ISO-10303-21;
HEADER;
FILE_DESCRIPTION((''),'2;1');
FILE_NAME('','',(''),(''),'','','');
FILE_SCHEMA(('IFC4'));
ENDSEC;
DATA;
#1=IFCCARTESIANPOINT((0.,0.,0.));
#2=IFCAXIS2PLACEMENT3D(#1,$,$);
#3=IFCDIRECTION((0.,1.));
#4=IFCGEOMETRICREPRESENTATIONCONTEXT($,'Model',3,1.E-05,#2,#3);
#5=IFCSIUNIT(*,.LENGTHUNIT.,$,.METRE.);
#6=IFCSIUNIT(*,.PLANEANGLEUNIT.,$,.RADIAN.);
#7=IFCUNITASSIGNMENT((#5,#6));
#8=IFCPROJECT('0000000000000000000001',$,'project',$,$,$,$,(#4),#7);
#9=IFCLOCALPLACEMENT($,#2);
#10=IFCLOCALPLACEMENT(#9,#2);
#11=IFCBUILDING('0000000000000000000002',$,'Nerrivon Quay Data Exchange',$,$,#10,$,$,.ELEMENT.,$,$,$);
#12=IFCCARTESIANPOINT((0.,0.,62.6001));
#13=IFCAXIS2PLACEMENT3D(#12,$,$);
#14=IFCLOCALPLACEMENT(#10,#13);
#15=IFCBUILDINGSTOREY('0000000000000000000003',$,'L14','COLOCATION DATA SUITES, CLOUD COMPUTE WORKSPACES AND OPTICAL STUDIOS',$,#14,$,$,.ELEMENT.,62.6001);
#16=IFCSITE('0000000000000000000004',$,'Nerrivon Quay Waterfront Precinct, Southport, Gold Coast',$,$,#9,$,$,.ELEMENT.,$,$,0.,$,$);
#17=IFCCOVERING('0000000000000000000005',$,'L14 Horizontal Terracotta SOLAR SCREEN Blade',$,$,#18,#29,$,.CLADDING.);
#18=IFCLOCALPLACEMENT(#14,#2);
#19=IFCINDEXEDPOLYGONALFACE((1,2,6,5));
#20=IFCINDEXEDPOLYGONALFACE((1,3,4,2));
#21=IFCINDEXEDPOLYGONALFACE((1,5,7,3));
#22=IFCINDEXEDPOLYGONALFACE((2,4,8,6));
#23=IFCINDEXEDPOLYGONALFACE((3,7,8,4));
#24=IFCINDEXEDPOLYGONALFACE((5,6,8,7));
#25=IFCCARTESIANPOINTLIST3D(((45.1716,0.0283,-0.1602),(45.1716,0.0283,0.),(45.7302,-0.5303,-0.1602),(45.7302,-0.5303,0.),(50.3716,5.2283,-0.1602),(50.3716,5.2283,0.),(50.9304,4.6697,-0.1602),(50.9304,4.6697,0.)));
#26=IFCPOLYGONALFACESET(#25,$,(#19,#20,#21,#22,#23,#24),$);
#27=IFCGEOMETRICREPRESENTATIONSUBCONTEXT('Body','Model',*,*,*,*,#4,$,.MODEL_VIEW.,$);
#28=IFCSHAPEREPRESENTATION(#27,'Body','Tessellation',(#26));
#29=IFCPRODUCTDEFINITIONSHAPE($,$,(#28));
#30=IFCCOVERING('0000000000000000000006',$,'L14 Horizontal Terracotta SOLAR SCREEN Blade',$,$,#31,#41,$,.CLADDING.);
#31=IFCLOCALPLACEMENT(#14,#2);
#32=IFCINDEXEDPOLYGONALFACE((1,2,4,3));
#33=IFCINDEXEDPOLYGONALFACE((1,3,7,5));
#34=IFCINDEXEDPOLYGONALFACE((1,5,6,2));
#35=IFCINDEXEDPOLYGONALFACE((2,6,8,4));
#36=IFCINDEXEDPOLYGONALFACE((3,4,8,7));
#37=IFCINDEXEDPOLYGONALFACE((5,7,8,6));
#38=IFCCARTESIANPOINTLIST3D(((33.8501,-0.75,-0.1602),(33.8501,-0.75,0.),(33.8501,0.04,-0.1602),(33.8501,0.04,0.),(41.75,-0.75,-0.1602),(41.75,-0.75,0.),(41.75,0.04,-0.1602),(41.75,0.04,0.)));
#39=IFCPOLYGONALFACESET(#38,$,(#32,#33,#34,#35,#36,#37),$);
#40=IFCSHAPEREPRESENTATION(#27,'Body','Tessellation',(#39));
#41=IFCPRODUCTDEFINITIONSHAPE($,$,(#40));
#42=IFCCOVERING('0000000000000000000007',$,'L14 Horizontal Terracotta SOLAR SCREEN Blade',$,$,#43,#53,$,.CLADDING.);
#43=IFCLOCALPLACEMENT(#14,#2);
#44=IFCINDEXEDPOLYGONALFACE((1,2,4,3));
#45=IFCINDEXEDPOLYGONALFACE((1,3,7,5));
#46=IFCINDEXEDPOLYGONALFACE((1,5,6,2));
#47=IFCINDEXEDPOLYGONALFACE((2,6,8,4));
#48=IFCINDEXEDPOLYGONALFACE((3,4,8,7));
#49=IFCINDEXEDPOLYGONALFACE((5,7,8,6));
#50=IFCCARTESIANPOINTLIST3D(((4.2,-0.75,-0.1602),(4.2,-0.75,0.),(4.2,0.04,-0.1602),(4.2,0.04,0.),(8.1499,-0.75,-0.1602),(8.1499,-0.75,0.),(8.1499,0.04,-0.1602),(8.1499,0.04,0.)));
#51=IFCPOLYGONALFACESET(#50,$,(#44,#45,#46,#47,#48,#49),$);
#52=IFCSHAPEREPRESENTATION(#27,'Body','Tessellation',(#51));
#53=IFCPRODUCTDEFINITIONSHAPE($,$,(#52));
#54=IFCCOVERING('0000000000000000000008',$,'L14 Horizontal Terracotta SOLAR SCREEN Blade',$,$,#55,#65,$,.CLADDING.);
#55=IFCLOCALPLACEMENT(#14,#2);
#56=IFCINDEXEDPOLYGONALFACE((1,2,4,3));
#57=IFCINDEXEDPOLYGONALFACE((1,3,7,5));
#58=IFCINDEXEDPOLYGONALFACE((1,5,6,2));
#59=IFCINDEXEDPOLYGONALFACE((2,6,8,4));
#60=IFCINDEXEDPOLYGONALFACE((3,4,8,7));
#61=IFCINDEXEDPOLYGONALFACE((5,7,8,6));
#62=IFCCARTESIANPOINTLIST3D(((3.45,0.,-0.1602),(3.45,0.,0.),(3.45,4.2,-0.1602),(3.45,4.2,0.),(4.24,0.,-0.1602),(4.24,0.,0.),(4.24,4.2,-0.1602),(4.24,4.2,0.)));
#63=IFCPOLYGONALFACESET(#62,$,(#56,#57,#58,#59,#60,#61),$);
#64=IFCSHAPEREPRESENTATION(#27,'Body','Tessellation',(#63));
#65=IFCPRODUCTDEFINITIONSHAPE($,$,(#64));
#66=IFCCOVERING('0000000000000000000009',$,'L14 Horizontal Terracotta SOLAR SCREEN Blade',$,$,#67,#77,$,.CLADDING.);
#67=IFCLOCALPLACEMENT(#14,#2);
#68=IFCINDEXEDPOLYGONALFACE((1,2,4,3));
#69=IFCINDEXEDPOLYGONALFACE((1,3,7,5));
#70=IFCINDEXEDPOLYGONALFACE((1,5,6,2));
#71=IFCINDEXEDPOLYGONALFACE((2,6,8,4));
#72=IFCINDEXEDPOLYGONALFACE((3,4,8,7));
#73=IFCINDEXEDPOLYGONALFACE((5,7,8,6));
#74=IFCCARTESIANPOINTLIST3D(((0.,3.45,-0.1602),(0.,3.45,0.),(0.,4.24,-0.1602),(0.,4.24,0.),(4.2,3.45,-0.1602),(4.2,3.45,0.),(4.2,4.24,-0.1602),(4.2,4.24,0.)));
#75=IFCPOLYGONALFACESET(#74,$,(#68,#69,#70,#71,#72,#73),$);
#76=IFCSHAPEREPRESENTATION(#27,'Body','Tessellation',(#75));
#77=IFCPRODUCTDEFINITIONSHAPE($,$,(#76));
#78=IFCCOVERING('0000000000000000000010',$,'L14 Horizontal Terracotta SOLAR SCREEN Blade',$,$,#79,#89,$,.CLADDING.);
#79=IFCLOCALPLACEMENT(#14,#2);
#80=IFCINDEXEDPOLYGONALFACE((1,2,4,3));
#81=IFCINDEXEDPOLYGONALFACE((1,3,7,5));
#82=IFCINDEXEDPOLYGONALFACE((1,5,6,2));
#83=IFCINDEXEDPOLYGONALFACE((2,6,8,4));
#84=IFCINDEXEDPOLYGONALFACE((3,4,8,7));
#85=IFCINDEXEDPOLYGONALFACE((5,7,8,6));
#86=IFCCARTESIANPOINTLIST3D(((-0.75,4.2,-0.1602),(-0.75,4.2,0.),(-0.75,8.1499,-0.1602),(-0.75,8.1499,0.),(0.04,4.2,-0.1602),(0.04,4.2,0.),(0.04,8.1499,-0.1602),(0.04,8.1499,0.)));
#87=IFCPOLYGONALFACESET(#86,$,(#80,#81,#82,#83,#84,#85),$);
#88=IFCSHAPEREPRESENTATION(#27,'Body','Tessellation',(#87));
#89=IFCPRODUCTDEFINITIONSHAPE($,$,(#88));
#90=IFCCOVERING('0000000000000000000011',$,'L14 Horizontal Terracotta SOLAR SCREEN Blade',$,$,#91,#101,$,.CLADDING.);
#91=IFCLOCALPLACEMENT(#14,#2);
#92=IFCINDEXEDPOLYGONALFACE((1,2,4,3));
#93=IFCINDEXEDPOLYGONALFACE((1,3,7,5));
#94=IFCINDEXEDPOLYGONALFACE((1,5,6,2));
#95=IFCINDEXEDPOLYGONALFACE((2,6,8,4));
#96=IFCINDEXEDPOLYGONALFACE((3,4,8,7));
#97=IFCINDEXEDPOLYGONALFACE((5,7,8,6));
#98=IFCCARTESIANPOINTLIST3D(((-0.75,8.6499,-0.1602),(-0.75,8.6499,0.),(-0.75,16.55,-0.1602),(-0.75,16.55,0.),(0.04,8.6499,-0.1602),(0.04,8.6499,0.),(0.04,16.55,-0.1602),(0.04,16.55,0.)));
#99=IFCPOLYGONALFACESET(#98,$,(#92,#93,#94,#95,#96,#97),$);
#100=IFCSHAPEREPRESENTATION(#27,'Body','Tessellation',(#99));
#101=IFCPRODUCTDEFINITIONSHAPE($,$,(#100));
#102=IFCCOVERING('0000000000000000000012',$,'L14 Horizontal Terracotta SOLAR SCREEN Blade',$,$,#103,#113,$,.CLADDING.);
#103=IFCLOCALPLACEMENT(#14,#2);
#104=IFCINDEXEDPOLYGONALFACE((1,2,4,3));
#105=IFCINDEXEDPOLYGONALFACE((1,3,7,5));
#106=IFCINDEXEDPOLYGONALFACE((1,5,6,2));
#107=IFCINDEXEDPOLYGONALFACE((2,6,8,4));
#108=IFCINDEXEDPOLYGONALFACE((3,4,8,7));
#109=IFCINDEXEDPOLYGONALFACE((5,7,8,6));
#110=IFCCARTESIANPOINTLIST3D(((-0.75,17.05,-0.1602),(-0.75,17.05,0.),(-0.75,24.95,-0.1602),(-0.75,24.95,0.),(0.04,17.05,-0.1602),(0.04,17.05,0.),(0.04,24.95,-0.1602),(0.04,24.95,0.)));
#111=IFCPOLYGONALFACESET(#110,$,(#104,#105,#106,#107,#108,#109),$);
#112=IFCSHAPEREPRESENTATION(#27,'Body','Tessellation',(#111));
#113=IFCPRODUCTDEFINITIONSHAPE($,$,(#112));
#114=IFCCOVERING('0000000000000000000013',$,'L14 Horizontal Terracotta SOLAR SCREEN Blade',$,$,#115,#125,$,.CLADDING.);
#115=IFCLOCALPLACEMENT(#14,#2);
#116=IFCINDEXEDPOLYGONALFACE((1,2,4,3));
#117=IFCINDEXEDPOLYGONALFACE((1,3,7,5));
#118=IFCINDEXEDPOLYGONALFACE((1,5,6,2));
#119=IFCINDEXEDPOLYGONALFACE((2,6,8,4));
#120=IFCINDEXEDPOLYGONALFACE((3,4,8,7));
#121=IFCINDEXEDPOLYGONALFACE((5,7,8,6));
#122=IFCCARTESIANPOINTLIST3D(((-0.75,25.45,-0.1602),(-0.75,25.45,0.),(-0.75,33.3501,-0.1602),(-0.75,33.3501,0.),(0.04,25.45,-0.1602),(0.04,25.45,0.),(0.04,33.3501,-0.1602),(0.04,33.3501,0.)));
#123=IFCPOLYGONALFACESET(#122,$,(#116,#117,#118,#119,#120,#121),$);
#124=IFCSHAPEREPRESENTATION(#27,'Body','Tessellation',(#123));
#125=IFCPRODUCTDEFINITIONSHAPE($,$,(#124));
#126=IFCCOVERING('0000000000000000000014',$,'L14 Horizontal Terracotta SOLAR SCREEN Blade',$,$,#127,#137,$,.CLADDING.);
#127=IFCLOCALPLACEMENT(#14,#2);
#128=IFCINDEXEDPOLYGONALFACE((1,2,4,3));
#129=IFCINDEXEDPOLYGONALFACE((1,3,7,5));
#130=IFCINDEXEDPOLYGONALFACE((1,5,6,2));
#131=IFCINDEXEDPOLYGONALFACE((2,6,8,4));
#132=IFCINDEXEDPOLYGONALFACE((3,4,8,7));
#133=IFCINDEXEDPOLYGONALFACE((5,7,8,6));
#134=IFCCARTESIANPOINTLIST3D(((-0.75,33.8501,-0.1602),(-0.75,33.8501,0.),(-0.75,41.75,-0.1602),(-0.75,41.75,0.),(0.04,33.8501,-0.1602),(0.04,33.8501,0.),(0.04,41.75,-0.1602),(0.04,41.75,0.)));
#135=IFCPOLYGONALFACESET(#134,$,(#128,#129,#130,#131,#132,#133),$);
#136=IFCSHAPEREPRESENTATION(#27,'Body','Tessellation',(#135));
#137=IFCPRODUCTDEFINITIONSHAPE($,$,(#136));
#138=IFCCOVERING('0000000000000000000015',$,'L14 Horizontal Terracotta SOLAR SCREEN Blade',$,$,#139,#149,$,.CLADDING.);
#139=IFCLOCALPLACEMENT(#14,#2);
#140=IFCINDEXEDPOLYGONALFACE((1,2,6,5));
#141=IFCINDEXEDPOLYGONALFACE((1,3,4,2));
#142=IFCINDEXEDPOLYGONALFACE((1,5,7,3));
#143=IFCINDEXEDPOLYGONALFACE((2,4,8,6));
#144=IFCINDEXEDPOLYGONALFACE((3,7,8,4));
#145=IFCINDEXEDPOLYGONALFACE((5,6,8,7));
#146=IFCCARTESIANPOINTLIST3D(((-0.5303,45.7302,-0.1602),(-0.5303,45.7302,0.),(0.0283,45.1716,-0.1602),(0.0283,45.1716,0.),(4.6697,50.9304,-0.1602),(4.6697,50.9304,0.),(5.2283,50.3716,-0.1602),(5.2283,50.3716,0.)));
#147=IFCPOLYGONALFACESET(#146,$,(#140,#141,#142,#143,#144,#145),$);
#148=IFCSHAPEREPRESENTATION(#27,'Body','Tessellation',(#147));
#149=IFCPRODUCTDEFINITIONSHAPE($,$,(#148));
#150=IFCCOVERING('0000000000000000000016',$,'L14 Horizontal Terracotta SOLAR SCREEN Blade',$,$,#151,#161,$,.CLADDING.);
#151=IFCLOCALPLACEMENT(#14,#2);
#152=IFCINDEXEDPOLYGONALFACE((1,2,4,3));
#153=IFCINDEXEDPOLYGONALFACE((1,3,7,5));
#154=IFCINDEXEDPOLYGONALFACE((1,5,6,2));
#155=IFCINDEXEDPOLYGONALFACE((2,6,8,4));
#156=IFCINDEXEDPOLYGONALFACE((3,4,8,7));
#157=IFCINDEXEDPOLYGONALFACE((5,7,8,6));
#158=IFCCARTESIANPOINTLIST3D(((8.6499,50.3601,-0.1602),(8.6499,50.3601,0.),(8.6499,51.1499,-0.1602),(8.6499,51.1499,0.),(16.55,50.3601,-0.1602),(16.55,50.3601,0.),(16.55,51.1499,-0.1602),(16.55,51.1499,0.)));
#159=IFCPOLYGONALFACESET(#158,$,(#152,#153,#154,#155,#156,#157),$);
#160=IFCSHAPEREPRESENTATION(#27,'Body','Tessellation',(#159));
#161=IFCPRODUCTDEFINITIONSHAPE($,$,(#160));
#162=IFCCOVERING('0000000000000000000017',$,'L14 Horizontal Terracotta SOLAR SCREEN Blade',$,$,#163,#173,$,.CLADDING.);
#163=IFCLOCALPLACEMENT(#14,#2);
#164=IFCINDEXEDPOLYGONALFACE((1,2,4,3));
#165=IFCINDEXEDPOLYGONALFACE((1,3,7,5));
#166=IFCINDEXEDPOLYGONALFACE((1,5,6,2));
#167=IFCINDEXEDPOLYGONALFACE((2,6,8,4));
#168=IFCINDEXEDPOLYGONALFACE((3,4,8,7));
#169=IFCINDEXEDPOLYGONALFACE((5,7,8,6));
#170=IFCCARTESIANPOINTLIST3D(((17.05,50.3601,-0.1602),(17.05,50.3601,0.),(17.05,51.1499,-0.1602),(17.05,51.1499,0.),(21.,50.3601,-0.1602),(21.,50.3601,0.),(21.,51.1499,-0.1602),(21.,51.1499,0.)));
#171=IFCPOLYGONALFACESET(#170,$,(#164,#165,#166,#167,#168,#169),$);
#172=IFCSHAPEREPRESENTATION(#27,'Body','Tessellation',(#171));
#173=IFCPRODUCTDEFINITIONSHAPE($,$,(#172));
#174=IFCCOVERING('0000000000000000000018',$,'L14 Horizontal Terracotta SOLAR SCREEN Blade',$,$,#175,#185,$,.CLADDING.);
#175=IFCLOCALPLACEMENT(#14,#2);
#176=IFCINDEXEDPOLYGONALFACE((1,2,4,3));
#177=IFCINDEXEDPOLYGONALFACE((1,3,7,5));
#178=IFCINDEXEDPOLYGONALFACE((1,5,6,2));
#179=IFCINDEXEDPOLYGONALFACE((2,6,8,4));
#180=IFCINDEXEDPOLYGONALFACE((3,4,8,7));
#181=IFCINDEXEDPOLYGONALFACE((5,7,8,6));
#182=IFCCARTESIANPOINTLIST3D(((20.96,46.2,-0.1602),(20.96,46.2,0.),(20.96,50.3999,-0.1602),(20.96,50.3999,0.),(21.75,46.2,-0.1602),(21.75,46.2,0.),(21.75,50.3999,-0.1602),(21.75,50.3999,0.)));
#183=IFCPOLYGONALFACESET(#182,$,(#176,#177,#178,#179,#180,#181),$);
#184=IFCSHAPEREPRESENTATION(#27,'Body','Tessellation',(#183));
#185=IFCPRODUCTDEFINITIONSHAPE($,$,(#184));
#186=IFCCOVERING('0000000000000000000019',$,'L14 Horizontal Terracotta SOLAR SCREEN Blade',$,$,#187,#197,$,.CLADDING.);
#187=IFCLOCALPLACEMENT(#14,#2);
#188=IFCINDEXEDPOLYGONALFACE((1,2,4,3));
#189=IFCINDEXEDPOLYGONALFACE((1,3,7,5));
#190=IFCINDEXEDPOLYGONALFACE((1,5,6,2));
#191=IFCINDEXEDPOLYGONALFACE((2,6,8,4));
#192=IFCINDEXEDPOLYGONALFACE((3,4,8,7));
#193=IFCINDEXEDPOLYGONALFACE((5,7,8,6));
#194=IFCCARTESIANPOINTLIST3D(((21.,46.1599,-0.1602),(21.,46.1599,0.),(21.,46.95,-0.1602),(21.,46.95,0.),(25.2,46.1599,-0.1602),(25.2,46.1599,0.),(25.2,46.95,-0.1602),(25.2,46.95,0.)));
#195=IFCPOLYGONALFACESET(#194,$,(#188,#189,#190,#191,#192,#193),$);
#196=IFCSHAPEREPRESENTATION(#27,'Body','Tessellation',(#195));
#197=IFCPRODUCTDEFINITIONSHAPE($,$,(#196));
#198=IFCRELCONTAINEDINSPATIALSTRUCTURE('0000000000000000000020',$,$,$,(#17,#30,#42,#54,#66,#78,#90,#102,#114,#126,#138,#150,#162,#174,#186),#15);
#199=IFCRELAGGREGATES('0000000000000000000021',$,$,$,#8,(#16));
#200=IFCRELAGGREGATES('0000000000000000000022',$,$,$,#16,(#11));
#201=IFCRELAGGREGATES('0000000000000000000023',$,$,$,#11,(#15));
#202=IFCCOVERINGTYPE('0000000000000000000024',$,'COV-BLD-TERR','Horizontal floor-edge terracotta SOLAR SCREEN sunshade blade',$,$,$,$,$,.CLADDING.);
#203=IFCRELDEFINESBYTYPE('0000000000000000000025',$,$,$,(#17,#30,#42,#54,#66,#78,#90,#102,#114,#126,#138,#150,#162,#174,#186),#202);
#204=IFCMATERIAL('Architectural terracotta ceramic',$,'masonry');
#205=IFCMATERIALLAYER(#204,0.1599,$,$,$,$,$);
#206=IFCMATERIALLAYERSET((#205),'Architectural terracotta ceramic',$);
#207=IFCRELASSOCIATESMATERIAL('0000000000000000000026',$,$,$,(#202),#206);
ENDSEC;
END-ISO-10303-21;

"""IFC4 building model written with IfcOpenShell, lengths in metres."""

from ifc_helpers import new_model, si_unit, direction, frame, origin, place, context, subcontext, project, spatial, polyline, outline, extrude, material, layer, layer_set, type_object, element, save


model = new_model("IFC4")

# Units and contexts
model_context = context("Model", 3, precision=1e-05, world=origin(), true_north=direction((0.0, 1.0)))
body_context = subcontext(model_context, "Body", "Model", "MODEL_VIEW")
ifc_project = project(units=[si_unit("LENGTHUNIT", "METRE"), si_unit("PLANEANGLEUNIT", "RADIAN")], contexts=[model_context])

# Site, building, storey
site_placement = place(None, origin())
site = spatial("IfcSite", under=ifc_project, at=site_placement, Name="Nerrivon Quay Waterfront Precinct, Southport, Gold Coast", CompositionType="ELEMENT", RefElevation=0.0)
building_placement = place(site_placement, origin())
building = spatial("IfcBuilding", under=site, at=building_placement, Name="Nerrivon Quay Data Exchange", CompositionType="ELEMENT")
storey_placement = place(building_placement, frame((0.0, 0.0, 62.6001)))
storey = spatial("IfcBuildingStorey", under=building, at=storey_placement, Name="L14", Description="COLOCATION DATA SUITES, CLOUD COMPUTE WORKSPACES AND OPTICAL STUDIOS", CompositionType="ELEMENT", Elevation=62.6001)

# Coverings
ifc_material_1 = material(Name="Architectural terracotta ceramic", Category="masonry")
ifc_layer_1 = layer(ifc_material_1, 0.1599)
ifc_layer_set_1 = layer_set([ifc_layer_1], Name="Architectural terracotta ceramic")
covering_type = type_object("IfcCoveringType", Name="COV-BLD-TERR", Description="Horizontal floor-edge terracotta SOLAR SCREEN sunshade blade", PredefinedType="CLADDING", material=ifc_layer_set_1)
covering_1_placement = place(storey_placement, frame((0.0, 0.0, -0.1602)))
element("IfcCovering", 1, at=covering_1_placement, inside=storey, type_object=covering_type, Name="L14 Horizontal Terracotta SOLAR SCREEN Blade", PredefinedType="CLADDING", context=body_context, shape_type="SweptSolid", body=[
    extrude(outline(polyline([(50.3716, 5.2283), (45.1716, 0.0283), (45.7302, -0.5303), (50.9304, 4.6697), (50.3716, 5.2283)])), origin(), (0.0, 0.0, 1.0), 0.1602),
])
covering_2_placement = place(storey_placement, frame((0.0, 0.0, -0.1602)))
element("IfcCovering", 2, at=covering_2_placement, inside=storey, type_object=covering_type, Name="L14 Horizontal Terracotta SOLAR SCREEN Blade", PredefinedType="CLADDING", context=body_context, shape_type="SweptSolid", body=[
    extrude(outline(polyline([(41.75, 0.04), (33.8501, 0.04), (33.8501, -0.75), (41.75, -0.75), (41.75, 0.04)])), origin(), (0.0, 0.0, 1.0), 0.1602),
])
covering_3_placement = place(storey_placement, frame((0.0, 0.0, -0.1602)))
element("IfcCovering", 3, at=covering_3_placement, inside=storey, type_object=covering_type, Name="L14 Horizontal Terracotta SOLAR SCREEN Blade", PredefinedType="CLADDING", context=body_context, shape_type="SweptSolid", body=[
    extrude(outline(polyline([(8.1499, 0.04), (4.2, 0.04), (4.2, -0.75), (8.1499, -0.75), (8.1499, 0.04)])), origin(), (0.0, 0.0, 1.0), 0.1602),
])
covering_4_placement = place(storey_placement, frame((0.0, 0.0, -0.1602)))
element("IfcCovering", 4, at=covering_4_placement, inside=storey, type_object=covering_type, Name="L14 Horizontal Terracotta SOLAR SCREEN Blade", PredefinedType="CLADDING", context=body_context, shape_type="SweptSolid", body=[
    extrude(outline(polyline([(4.24, 0.0), (4.24, 4.2), (3.45, 4.2), (3.45, 0.0), (4.24, 0.0)])), origin(), (0.0, 0.0, 1.0), 0.1602),
])
covering_5_placement = place(storey_placement, frame((0.0, 0.0, -0.1602)))
element("IfcCovering", 5, at=covering_5_placement, inside=storey, type_object=covering_type, Name="L14 Horizontal Terracotta SOLAR SCREEN Blade", PredefinedType="CLADDING", context=body_context, shape_type="SweptSolid", body=[
    extrude(outline(polyline([(4.2, 4.24), (0.0, 4.24), (0.0, 3.45), (4.2, 3.45), (4.2, 4.24)])), origin(), (0.0, 0.0, 1.0), 0.1602),
])
covering_6_placement = place(storey_placement, frame((0.0, 0.0, -0.1602)))
element("IfcCovering", 6, at=covering_6_placement, inside=storey, type_object=covering_type, Name="L14 Horizontal Terracotta SOLAR SCREEN Blade", PredefinedType="CLADDING", context=body_context, shape_type="SweptSolid", body=[
    extrude(outline(polyline([(0.04, 4.2), (0.04, 8.1499), (-0.75, 8.1499), (-0.75, 4.2), (0.04, 4.2)])), origin(), (0.0, 0.0, 1.0), 0.1602),
])
covering_7_placement = place(storey_placement, frame((0.0, 0.0, -0.1602)))
element("IfcCovering", 7, at=covering_7_placement, inside=storey, type_object=covering_type, Name="L14 Horizontal Terracotta SOLAR SCREEN Blade", PredefinedType="CLADDING", context=body_context, shape_type="SweptSolid", body=[
    extrude(outline(polyline([(0.04, 8.6499), (0.04, 16.55), (-0.75, 16.55), (-0.75, 8.6499), (0.04, 8.6499)])), origin(), (0.0, 0.0, 1.0), 0.1602),
])
covering_8_placement = place(storey_placement, frame((0.0, 0.0, -0.1602)))
element("IfcCovering", 8, at=covering_8_placement, inside=storey, type_object=covering_type, Name="L14 Horizontal Terracotta SOLAR SCREEN Blade", PredefinedType="CLADDING", context=body_context, shape_type="SweptSolid", body=[
    extrude(outline(polyline([(0.04, 17.05), (0.04, 24.95), (-0.75, 24.95), (-0.75, 17.05), (0.04, 17.05)])), origin(), (0.0, 0.0, 1.0), 0.1602),
])
covering_9_placement = place(storey_placement, frame((0.0, 0.0, -0.1602)))
element("IfcCovering", 9, at=covering_9_placement, inside=storey, type_object=covering_type, Name="L14 Horizontal Terracotta SOLAR SCREEN Blade", PredefinedType="CLADDING", context=body_context, shape_type="SweptSolid", body=[
    extrude(outline(polyline([(0.04, 25.45), (0.04, 33.3501), (-0.75, 33.3501), (-0.75, 25.45), (0.04, 25.45)])), origin(), (0.0, 0.0, 1.0), 0.1602),
])
covering_10_placement = place(storey_placement, frame((0.0, 0.0, -0.1602)))
element("IfcCovering", 10, at=covering_10_placement, inside=storey, type_object=covering_type, Name="L14 Horizontal Terracotta SOLAR SCREEN Blade", PredefinedType="CLADDING", context=body_context, shape_type="SweptSolid", body=[
    extrude(outline(polyline([(0.04, 33.8501), (0.04, 41.75), (-0.75, 41.75), (-0.75, 33.8501), (0.04, 33.8501)])), origin(), (0.0, 0.0, 1.0), 0.1602),
])
covering_11_placement = place(storey_placement, frame((0.0, 0.0, -0.1602)))
element("IfcCovering", 11, at=covering_11_placement, inside=storey, type_object=covering_type, Name="L14 Horizontal Terracotta SOLAR SCREEN Blade", PredefinedType="CLADDING", context=body_context, shape_type="SweptSolid", body=[
    extrude(outline(polyline([(0.0283, 45.1716), (5.2283, 50.3716), (4.6697, 50.9304), (-0.5303, 45.7302), (0.0283, 45.1716)])), origin(), (0.0, 0.0, 1.0), 0.1602),
])
covering_12_placement = place(storey_placement, frame((0.0, 0.0, -0.1602)))
element("IfcCovering", 12, at=covering_12_placement, inside=storey, type_object=covering_type, Name="L14 Horizontal Terracotta SOLAR SCREEN Blade", PredefinedType="CLADDING", context=body_context, shape_type="SweptSolid", body=[
    extrude(outline(polyline([(8.6499, 50.3601), (16.55, 50.3601), (16.55, 51.1499), (8.6499, 51.1499), (8.6499, 50.3601)])), origin(), (0.0, 0.0, 1.0), 0.1602),
])
covering_13_placement = place(storey_placement, frame((0.0, 0.0, -0.1602)))
element("IfcCovering", 13, at=covering_13_placement, inside=storey, type_object=covering_type, Name="L14 Horizontal Terracotta SOLAR SCREEN Blade", PredefinedType="CLADDING", context=body_context, shape_type="SweptSolid", body=[
    extrude(outline(polyline([(17.05, 50.3601), (21.0, 50.3601), (21.0, 51.1499), (17.05, 51.1499), (17.05, 50.3601)])), origin(), (0.0, 0.0, 1.0), 0.1602),
])
covering_14_placement = place(storey_placement, frame((0.0, 0.0, -0.1602)))
element("IfcCovering", 14, at=covering_14_placement, inside=storey, type_object=covering_type, Name="L14 Horizontal Terracotta SOLAR SCREEN Blade", PredefinedType="CLADDING", context=body_context, shape_type="SweptSolid", body=[
    extrude(outline(polyline([(20.96, 50.3999), (20.96, 46.2), (21.75, 46.2), (21.75, 50.3999), (20.96, 50.3999)])), origin(), (0.0, 0.0, 1.0), 0.1602),
])
covering_15_placement = place(storey_placement, frame((0.0, 0.0, -0.1602)))
element("IfcCovering", 15, at=covering_15_placement, inside=storey, type_object=covering_type, Name="L14 Horizontal Terracotta SOLAR SCREEN Blade", PredefinedType="CLADDING", context=body_context, shape_type="SweptSolid", body=[
    extrude(outline(polyline([(21.0, 46.1599), (25.2, 46.1599), (25.2, 46.95), (21.0, 46.95), (21.0, 46.1599)])), origin(), (0.0, 0.0, 1.0), 0.1602),
])

save(model, "model.ifc")
